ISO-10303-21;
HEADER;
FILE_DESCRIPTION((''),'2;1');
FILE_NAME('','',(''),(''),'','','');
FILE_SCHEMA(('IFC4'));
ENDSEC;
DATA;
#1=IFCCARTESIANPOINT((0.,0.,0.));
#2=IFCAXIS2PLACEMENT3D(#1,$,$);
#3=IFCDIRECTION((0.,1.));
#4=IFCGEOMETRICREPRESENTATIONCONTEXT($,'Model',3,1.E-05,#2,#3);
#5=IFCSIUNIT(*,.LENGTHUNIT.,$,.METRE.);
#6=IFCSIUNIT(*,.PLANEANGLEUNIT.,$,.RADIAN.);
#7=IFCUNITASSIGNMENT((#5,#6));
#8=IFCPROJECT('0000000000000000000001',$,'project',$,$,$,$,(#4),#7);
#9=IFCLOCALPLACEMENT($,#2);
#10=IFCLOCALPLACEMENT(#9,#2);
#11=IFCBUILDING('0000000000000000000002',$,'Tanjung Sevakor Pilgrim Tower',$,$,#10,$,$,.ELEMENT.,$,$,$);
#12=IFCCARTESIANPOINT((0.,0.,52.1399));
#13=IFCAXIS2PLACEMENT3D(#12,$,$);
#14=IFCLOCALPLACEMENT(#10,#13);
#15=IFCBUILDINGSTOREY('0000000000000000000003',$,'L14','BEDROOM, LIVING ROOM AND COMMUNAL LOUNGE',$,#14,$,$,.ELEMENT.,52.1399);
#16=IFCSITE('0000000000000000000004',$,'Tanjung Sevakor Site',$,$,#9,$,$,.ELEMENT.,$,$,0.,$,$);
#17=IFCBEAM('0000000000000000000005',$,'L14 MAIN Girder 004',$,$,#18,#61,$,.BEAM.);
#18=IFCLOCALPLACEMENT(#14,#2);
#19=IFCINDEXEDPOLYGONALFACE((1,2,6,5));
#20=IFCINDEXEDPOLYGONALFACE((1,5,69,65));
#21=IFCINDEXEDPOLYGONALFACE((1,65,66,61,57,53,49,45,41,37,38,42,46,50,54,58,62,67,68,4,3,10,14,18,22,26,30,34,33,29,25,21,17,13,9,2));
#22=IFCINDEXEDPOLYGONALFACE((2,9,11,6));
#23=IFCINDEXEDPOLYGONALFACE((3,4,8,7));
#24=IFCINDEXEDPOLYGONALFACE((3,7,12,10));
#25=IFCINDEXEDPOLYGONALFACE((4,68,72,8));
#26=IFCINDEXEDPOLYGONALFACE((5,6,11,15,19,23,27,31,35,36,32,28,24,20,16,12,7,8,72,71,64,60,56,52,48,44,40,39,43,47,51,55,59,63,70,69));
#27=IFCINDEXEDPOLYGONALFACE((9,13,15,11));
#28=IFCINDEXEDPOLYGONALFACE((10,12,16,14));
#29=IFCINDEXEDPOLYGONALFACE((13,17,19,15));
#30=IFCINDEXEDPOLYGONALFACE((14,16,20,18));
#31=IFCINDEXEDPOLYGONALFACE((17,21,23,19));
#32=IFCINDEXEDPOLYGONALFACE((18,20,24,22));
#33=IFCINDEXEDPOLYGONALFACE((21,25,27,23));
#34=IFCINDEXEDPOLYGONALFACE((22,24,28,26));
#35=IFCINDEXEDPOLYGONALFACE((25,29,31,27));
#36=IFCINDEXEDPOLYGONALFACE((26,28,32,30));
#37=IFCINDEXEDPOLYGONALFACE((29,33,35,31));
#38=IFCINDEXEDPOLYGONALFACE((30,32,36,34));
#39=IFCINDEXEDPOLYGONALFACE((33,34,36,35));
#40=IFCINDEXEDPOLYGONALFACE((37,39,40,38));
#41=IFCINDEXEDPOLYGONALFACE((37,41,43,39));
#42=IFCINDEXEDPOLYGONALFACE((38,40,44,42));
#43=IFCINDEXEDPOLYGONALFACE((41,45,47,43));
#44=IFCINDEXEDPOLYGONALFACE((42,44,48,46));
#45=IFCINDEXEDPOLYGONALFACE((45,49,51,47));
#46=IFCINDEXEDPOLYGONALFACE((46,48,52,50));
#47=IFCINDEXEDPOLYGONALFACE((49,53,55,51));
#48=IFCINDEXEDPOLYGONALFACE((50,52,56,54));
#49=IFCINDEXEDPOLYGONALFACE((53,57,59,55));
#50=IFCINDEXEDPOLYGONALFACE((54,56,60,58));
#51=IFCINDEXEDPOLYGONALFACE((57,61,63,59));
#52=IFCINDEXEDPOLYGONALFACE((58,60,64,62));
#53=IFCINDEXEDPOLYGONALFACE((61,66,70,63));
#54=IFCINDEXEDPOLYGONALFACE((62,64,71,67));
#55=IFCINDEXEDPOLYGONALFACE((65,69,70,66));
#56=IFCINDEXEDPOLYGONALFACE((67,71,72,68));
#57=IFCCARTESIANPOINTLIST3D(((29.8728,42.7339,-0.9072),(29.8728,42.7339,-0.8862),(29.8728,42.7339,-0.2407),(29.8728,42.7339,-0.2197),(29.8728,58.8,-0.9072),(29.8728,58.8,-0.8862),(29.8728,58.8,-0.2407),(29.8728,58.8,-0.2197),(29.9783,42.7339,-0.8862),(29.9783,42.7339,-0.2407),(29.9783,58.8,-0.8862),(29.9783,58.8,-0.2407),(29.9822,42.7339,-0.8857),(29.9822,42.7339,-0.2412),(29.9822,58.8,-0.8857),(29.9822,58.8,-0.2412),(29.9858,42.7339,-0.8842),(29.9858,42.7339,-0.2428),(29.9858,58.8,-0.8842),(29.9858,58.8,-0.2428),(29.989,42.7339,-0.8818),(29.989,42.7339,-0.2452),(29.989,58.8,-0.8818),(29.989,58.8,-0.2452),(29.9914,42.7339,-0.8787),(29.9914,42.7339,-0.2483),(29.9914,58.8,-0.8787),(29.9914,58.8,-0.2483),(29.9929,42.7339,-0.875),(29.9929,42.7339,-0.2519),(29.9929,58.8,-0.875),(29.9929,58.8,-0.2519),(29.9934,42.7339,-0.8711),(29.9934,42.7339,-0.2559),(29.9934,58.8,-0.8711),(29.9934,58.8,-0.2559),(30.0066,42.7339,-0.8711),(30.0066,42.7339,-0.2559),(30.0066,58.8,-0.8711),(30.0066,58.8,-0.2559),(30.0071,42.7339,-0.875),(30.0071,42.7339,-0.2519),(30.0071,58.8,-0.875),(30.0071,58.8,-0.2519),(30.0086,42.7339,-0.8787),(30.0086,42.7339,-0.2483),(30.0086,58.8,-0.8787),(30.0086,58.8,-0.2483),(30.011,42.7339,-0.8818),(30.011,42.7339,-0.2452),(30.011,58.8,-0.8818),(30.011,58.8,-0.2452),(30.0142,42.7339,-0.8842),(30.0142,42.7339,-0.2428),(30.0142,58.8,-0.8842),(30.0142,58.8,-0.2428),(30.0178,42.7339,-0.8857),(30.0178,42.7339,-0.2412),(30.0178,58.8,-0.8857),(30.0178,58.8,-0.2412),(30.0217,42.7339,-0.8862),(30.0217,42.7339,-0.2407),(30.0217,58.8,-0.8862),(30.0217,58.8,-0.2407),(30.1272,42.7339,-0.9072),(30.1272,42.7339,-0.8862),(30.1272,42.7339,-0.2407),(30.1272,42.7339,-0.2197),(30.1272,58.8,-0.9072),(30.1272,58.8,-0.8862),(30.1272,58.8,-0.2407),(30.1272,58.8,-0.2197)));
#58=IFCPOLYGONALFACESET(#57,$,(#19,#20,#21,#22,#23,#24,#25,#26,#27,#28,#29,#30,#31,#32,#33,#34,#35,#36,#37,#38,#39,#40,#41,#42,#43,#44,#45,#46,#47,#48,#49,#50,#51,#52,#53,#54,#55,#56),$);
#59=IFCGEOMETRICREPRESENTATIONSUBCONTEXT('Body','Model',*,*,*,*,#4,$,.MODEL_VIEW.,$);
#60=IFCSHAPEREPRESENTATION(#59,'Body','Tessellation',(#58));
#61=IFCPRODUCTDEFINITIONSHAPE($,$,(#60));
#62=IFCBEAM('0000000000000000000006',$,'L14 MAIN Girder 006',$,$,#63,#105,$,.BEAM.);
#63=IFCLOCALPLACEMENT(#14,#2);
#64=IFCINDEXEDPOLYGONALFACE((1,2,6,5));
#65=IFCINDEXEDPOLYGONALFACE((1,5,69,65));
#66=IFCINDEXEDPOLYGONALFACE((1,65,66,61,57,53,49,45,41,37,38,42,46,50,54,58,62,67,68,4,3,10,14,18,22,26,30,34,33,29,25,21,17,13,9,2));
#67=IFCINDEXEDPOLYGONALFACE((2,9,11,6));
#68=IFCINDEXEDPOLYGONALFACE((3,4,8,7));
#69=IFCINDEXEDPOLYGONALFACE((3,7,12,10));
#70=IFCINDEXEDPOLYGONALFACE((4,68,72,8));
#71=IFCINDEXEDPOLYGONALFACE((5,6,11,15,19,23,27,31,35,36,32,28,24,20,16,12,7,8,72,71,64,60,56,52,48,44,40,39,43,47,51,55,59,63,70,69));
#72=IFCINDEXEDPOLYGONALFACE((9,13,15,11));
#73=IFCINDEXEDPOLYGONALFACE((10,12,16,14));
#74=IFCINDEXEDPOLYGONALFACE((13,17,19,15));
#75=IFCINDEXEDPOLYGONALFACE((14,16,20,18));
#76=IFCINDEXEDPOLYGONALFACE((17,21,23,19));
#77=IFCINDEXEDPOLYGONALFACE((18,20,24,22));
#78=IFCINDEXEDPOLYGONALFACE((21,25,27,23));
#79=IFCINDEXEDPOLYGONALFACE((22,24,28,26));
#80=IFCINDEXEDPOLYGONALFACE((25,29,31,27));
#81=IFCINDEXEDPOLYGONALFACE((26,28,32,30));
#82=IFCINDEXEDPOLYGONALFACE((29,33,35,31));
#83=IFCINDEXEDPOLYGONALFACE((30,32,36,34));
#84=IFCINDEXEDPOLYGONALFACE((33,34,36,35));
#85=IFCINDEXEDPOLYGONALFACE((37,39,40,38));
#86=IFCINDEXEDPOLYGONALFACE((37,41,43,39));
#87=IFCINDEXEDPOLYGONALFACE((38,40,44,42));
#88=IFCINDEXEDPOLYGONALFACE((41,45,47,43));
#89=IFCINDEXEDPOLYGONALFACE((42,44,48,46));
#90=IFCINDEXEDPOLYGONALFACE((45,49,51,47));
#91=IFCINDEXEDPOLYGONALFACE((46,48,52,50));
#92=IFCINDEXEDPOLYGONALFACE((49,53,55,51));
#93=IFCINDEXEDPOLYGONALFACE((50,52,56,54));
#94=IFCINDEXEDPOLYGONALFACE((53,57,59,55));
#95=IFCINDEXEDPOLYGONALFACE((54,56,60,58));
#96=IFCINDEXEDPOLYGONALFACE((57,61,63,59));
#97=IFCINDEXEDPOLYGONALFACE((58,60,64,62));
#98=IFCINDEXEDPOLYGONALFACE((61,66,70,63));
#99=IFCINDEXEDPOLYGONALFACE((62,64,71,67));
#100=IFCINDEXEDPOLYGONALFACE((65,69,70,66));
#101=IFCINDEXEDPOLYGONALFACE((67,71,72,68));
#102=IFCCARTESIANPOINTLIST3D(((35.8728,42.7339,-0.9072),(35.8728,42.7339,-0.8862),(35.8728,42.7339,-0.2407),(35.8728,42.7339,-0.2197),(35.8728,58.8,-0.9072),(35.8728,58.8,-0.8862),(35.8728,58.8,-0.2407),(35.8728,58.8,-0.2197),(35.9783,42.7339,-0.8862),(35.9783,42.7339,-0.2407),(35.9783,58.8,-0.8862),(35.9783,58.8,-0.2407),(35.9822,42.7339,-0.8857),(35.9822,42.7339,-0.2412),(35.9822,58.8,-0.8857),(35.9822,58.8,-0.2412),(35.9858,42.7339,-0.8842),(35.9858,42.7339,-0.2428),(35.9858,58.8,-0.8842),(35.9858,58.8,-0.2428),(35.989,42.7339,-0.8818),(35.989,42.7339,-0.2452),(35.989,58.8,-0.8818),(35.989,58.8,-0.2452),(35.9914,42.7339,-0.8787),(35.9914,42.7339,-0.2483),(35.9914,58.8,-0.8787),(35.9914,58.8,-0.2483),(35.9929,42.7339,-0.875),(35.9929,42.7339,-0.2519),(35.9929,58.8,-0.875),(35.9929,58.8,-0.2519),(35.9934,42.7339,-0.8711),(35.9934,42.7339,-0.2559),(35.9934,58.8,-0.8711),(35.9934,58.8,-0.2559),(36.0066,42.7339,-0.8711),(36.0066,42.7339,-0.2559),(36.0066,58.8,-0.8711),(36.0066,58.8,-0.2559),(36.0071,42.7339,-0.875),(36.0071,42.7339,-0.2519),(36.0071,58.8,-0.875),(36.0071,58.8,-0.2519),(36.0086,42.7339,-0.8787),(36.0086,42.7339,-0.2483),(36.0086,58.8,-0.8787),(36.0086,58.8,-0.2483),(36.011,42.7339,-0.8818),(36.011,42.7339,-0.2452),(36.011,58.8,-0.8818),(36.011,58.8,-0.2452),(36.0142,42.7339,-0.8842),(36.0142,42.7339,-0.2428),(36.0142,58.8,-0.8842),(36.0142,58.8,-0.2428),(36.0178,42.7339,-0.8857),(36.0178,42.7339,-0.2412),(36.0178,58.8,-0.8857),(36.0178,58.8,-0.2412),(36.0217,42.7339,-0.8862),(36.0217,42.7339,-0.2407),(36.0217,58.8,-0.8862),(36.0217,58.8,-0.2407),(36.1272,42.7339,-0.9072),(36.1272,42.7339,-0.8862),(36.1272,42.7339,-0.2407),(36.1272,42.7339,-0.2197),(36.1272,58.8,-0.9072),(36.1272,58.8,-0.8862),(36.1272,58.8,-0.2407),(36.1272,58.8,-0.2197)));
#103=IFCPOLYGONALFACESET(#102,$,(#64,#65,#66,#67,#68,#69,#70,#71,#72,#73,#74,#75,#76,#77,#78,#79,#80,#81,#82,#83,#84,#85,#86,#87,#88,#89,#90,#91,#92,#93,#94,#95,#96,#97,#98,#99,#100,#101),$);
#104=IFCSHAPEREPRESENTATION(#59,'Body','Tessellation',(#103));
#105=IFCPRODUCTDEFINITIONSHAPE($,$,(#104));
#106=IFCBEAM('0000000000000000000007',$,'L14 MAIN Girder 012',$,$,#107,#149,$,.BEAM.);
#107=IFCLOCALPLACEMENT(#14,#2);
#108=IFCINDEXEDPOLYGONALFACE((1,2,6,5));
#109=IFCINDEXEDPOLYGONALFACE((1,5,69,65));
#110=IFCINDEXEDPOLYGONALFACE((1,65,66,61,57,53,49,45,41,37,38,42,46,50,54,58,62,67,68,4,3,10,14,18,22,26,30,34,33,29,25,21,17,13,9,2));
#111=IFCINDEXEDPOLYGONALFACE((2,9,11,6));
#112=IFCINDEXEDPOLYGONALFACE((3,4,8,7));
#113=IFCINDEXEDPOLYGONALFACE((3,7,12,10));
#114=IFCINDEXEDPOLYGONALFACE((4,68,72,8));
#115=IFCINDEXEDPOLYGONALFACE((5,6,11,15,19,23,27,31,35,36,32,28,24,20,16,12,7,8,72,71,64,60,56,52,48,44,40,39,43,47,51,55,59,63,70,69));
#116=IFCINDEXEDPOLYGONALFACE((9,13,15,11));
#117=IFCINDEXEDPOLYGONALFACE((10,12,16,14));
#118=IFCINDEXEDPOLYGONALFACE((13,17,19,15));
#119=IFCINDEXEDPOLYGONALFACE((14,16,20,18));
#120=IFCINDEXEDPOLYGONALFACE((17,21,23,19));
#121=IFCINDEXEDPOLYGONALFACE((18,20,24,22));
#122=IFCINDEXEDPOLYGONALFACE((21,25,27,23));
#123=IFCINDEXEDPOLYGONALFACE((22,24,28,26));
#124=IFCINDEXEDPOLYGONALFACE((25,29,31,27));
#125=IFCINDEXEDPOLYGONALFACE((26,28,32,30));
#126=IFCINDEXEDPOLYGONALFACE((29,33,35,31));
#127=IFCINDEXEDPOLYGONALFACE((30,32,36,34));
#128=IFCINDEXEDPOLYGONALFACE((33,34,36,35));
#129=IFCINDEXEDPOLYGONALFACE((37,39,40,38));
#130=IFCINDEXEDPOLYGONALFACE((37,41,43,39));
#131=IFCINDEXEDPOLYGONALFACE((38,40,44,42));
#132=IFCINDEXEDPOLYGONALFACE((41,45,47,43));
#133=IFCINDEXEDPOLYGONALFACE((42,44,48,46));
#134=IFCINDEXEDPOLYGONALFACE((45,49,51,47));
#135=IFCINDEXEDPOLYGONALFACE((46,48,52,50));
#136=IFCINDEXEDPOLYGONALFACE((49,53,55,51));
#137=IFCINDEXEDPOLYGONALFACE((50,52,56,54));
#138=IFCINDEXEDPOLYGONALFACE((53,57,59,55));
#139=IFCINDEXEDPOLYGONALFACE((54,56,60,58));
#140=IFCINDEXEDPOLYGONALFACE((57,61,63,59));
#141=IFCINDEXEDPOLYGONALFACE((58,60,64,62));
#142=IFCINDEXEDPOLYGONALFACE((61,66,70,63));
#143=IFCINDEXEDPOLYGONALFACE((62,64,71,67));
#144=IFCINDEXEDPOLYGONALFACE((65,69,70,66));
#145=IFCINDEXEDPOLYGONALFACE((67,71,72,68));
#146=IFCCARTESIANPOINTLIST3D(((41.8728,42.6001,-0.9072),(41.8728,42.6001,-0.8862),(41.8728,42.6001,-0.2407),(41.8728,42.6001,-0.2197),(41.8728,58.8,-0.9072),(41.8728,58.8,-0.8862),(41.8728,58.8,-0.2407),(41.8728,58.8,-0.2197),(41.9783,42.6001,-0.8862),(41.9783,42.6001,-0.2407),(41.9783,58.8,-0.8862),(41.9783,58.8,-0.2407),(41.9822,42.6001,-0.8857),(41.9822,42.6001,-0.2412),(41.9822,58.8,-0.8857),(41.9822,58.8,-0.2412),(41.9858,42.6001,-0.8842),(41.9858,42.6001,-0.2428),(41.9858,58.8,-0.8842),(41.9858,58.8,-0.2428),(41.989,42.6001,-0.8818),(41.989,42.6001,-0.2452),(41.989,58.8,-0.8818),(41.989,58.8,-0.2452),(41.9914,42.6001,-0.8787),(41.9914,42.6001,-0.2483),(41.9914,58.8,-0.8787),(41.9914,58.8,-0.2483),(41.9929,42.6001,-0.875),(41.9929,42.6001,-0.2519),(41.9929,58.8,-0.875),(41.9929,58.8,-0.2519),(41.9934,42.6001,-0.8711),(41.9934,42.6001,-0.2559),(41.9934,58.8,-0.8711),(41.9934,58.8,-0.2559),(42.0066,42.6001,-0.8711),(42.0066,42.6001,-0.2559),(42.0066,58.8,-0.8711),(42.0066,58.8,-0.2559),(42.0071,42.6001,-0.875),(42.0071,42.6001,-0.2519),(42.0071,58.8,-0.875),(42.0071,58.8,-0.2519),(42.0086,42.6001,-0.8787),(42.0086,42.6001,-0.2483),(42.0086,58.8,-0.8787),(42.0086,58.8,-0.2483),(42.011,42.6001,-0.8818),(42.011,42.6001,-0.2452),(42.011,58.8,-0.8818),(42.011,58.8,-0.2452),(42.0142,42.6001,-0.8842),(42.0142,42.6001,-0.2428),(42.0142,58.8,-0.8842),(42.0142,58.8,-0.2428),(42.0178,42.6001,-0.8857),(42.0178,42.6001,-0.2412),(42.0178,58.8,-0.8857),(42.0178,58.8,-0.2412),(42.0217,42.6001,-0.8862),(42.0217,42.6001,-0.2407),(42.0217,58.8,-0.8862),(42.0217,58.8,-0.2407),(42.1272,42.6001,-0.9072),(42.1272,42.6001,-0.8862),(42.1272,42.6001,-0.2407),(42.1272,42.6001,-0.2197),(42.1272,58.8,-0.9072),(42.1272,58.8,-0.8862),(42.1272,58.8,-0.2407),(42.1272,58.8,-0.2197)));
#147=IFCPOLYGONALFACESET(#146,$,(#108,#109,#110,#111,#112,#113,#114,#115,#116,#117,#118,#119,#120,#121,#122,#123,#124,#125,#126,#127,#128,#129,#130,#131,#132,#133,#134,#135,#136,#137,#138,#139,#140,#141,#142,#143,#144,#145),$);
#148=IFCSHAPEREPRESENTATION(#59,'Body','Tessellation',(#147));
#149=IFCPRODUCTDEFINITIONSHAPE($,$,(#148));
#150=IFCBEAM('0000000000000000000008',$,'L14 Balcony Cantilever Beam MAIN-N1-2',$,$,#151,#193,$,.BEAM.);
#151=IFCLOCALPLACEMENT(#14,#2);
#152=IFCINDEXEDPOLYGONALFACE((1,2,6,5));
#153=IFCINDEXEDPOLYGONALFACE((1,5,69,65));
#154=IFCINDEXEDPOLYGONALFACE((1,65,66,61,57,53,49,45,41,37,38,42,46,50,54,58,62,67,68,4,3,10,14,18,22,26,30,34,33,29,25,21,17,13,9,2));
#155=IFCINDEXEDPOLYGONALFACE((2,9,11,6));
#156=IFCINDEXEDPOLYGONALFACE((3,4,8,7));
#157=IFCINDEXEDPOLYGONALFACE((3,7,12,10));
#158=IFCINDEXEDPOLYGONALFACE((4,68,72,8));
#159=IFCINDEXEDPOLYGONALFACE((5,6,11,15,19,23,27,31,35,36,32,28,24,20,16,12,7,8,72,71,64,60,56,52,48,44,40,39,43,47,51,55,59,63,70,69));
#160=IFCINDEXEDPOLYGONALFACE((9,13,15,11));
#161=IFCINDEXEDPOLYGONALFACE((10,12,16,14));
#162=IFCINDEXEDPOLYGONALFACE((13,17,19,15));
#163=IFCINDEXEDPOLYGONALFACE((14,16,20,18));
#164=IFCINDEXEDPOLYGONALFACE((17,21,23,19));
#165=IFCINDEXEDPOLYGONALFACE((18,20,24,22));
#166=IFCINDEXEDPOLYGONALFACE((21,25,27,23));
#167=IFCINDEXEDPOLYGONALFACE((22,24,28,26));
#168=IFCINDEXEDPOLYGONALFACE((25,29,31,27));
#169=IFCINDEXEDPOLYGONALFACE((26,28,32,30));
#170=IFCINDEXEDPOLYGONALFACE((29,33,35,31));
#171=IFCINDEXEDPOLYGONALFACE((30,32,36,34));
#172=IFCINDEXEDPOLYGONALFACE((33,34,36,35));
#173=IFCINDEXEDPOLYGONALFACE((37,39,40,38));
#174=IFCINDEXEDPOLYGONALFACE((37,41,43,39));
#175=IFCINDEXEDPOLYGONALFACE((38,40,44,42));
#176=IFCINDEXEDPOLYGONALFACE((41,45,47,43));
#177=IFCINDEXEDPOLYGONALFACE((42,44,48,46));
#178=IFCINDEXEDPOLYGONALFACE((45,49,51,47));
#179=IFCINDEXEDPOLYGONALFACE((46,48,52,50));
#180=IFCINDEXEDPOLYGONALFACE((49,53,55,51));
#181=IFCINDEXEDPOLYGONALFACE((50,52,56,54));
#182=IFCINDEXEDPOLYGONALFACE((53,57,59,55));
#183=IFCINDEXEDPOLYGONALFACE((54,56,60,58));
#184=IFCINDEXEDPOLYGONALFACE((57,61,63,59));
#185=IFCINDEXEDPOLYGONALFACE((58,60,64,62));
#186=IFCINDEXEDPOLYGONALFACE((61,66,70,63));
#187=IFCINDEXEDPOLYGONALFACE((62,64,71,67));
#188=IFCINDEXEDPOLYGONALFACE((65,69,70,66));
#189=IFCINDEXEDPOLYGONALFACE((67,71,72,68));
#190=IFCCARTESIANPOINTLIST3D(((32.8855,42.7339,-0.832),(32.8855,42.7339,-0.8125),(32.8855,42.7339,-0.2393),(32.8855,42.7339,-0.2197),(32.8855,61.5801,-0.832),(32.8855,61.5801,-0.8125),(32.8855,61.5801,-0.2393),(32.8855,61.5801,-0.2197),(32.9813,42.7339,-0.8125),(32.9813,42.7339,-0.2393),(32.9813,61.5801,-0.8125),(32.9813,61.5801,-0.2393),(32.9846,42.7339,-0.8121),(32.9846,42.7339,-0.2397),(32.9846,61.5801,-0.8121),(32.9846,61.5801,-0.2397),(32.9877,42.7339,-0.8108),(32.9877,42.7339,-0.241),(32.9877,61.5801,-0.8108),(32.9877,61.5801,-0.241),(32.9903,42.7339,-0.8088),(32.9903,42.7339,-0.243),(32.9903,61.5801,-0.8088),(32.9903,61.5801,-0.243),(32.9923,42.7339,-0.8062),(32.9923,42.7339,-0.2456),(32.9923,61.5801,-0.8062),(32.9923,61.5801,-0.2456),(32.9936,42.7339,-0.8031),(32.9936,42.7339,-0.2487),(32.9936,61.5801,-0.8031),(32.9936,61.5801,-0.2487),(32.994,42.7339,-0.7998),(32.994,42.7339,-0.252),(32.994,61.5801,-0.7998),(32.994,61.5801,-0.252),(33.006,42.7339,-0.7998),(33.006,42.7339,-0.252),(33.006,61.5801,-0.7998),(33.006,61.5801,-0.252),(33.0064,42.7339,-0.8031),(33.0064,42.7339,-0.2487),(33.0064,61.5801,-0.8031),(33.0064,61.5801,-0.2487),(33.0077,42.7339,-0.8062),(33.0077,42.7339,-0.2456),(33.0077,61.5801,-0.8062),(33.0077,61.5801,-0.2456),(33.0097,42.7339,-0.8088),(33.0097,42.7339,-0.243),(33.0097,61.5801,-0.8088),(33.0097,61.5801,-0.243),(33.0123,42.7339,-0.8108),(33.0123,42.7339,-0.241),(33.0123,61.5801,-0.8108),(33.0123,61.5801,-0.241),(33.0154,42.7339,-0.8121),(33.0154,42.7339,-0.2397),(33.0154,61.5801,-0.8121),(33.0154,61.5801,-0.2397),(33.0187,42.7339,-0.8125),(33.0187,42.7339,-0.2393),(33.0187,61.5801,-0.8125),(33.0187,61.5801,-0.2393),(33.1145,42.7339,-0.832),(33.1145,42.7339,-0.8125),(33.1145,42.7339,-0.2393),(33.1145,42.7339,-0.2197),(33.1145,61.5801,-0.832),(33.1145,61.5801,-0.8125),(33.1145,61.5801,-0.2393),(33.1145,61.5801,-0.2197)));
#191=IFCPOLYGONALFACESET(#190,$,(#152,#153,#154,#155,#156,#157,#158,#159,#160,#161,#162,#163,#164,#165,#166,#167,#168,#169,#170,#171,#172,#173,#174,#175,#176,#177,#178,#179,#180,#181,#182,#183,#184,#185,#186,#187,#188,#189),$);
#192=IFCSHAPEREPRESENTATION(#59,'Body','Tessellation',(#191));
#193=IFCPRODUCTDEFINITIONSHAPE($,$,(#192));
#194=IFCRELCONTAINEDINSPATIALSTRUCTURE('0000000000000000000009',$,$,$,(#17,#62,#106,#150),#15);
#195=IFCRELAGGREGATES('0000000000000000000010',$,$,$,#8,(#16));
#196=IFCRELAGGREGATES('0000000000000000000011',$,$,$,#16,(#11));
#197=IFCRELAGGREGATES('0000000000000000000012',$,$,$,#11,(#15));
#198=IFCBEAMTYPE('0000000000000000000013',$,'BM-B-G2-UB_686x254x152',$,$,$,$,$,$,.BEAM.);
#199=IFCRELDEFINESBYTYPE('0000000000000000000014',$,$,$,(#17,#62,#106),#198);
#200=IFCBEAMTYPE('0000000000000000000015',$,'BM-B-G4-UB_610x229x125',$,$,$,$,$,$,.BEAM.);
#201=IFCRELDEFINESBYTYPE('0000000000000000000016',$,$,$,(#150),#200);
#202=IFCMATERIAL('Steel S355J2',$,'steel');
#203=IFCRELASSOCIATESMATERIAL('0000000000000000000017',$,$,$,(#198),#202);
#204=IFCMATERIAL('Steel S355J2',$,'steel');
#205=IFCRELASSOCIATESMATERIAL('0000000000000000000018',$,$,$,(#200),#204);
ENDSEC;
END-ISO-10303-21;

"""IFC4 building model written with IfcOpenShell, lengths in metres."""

from ifc_helpers import new_model, si_unit, direction, frame, origin, origin_2d, place, context, subcontext, project, spatial, i_section, extrude, material, material_profile, profile_set, type_object, element, save


model = new_model("IFC4")

# Units and contexts
model_context = context("Model", 3, precision=1e-05, world=origin(), true_north=direction((0.0, 1.0)))
body_context = subcontext(model_context, "Body", "Model", "MODEL_VIEW")
ifc_project = project(units=[si_unit("LENGTHUNIT", "METRE"), si_unit("PLANEANGLEUNIT", "RADIAN")], contexts=[model_context])

# Site, building, storey
site_placement = place(None, origin())
site = spatial("IfcSite", under=ifc_project, at=site_placement, Name="Tanjung Sevakor Site", CompositionType="ELEMENT", RefElevation=0.0)
building_placement = place(site_placement, origin())
building = spatial("IfcBuilding", under=site, at=building_placement, Name="Tanjung Sevakor Pilgrim Tower", CompositionType="ELEMENT")
storey_placement = place(building_placement, frame((0.0, 0.0, 52.1399)))
storey = spatial("IfcBuildingStorey", under=building, at=storey_placement, Name="L14", Description="BEDROOM, LIVING ROOM AND COMMUNAL LOUNGE", CompositionType="ELEMENT", Elevation=52.1399)

# Beams
ifc_material_1 = material(Name="Steel S355J2", Category="steel")
ifc_material_profile_1 = material_profile(ifc_material_1, i_section(OverallWidth=0.2544, OverallDepth=0.6875, WebThickness=0.0132, FlangeThickness=0.021, FilletRadius=0.0151, at=origin_2d()))
ifc_profile_set_1 = profile_set([ifc_material_profile_1], Name="Steel S355J2")
beam_type_1 = type_object("IfcBeamType", Name="BM-B-G2-UB_686x254x152", PredefinedType="BEAM", material=ifc_profile_set_1)
for number, where, z_axis, x_axis, name in (
    (1, (30.0, 42.7339, -0.5635), (0.0, 1.0, 0.0), (-1.0, 0.0, 0.0), "L14 MAIN Girder 004"),
    (2, (36.0, 42.7339, -0.5635), (0.0, 1.0, 0.0), (-1.0, 0.0, 0.0), "L14 MAIN Girder 006"),
):
    element("IfcBeam", number, at=place(storey_placement, frame(where, z_axis=z_axis, x_axis=x_axis)), inside=storey, type_object=beam_type_1, Name=name, PredefinedType="BEAM", context=body_context, shape_type="SweptSolid", body=[
        extrude(i_section(OverallWidth=0.2544, OverallDepth=0.6875, WebThickness=0.0132, FlangeThickness=0.021, FilletRadius=0.0151, at=origin_2d()), origin(), (0.0, 0.0, 1.0), 16.0662),
    ])
beam_1_placement = place(storey_placement, frame((42.0, 42.6001, -0.5635), z_axis=(0.0, 1.0, 0.0), x_axis=(-1.0, 0.0, 0.0)))
element("IfcBeam", 3, at=beam_1_placement, inside=storey, type_object=beam_type_1, Name="L14 MAIN Girder 012", PredefinedType="BEAM", context=body_context, shape_type="SweptSolid", body=[
    extrude(i_section(OverallWidth=0.2544, OverallDepth=0.6875, WebThickness=0.0132, FlangeThickness=0.021, FilletRadius=0.0151, at=origin_2d()), origin(), (0.0, 0.0, 1.0), 16.2),
])
ifc_material_2 = material(Name="Steel S355J2", Category="steel")
ifc_material_profile_2 = material_profile(ifc_material_2, i_section(OverallWidth=0.229, OverallDepth=0.6123, WebThickness=0.012, FlangeThickness=0.0195, FilletRadius=0.0127, at=origin_2d()))
ifc_profile_set_2 = profile_set([ifc_material_profile_2], Name="Steel S355J2")
beam_type_2 = type_object("IfcBeamType", Name="BM-B-G4-UB_610x229x125", PredefinedType="BEAM", material=ifc_profile_set_2)
beam_2_placement = place(storey_placement, frame((33.0, 42.7339, -0.5259), z_axis=(0.0, 1.0, 0.0), x_axis=(-1.0, 0.0, 0.0)))
element("IfcBeam", 4, at=beam_2_placement, inside=storey, type_object=beam_type_2, Name="L14 Balcony Cantilever Beam MAIN-N1-2", PredefinedType="BEAM", context=body_context, shape_type="SweptSolid", body=[
    extrude(i_section(OverallWidth=0.229, OverallDepth=0.6123, WebThickness=0.012, FlangeThickness=0.0195, FilletRadius=0.0127, at=origin_2d()), origin(), (0.0, 0.0, 1.0), 18.8462),
])

save(model, "model.ifc")
